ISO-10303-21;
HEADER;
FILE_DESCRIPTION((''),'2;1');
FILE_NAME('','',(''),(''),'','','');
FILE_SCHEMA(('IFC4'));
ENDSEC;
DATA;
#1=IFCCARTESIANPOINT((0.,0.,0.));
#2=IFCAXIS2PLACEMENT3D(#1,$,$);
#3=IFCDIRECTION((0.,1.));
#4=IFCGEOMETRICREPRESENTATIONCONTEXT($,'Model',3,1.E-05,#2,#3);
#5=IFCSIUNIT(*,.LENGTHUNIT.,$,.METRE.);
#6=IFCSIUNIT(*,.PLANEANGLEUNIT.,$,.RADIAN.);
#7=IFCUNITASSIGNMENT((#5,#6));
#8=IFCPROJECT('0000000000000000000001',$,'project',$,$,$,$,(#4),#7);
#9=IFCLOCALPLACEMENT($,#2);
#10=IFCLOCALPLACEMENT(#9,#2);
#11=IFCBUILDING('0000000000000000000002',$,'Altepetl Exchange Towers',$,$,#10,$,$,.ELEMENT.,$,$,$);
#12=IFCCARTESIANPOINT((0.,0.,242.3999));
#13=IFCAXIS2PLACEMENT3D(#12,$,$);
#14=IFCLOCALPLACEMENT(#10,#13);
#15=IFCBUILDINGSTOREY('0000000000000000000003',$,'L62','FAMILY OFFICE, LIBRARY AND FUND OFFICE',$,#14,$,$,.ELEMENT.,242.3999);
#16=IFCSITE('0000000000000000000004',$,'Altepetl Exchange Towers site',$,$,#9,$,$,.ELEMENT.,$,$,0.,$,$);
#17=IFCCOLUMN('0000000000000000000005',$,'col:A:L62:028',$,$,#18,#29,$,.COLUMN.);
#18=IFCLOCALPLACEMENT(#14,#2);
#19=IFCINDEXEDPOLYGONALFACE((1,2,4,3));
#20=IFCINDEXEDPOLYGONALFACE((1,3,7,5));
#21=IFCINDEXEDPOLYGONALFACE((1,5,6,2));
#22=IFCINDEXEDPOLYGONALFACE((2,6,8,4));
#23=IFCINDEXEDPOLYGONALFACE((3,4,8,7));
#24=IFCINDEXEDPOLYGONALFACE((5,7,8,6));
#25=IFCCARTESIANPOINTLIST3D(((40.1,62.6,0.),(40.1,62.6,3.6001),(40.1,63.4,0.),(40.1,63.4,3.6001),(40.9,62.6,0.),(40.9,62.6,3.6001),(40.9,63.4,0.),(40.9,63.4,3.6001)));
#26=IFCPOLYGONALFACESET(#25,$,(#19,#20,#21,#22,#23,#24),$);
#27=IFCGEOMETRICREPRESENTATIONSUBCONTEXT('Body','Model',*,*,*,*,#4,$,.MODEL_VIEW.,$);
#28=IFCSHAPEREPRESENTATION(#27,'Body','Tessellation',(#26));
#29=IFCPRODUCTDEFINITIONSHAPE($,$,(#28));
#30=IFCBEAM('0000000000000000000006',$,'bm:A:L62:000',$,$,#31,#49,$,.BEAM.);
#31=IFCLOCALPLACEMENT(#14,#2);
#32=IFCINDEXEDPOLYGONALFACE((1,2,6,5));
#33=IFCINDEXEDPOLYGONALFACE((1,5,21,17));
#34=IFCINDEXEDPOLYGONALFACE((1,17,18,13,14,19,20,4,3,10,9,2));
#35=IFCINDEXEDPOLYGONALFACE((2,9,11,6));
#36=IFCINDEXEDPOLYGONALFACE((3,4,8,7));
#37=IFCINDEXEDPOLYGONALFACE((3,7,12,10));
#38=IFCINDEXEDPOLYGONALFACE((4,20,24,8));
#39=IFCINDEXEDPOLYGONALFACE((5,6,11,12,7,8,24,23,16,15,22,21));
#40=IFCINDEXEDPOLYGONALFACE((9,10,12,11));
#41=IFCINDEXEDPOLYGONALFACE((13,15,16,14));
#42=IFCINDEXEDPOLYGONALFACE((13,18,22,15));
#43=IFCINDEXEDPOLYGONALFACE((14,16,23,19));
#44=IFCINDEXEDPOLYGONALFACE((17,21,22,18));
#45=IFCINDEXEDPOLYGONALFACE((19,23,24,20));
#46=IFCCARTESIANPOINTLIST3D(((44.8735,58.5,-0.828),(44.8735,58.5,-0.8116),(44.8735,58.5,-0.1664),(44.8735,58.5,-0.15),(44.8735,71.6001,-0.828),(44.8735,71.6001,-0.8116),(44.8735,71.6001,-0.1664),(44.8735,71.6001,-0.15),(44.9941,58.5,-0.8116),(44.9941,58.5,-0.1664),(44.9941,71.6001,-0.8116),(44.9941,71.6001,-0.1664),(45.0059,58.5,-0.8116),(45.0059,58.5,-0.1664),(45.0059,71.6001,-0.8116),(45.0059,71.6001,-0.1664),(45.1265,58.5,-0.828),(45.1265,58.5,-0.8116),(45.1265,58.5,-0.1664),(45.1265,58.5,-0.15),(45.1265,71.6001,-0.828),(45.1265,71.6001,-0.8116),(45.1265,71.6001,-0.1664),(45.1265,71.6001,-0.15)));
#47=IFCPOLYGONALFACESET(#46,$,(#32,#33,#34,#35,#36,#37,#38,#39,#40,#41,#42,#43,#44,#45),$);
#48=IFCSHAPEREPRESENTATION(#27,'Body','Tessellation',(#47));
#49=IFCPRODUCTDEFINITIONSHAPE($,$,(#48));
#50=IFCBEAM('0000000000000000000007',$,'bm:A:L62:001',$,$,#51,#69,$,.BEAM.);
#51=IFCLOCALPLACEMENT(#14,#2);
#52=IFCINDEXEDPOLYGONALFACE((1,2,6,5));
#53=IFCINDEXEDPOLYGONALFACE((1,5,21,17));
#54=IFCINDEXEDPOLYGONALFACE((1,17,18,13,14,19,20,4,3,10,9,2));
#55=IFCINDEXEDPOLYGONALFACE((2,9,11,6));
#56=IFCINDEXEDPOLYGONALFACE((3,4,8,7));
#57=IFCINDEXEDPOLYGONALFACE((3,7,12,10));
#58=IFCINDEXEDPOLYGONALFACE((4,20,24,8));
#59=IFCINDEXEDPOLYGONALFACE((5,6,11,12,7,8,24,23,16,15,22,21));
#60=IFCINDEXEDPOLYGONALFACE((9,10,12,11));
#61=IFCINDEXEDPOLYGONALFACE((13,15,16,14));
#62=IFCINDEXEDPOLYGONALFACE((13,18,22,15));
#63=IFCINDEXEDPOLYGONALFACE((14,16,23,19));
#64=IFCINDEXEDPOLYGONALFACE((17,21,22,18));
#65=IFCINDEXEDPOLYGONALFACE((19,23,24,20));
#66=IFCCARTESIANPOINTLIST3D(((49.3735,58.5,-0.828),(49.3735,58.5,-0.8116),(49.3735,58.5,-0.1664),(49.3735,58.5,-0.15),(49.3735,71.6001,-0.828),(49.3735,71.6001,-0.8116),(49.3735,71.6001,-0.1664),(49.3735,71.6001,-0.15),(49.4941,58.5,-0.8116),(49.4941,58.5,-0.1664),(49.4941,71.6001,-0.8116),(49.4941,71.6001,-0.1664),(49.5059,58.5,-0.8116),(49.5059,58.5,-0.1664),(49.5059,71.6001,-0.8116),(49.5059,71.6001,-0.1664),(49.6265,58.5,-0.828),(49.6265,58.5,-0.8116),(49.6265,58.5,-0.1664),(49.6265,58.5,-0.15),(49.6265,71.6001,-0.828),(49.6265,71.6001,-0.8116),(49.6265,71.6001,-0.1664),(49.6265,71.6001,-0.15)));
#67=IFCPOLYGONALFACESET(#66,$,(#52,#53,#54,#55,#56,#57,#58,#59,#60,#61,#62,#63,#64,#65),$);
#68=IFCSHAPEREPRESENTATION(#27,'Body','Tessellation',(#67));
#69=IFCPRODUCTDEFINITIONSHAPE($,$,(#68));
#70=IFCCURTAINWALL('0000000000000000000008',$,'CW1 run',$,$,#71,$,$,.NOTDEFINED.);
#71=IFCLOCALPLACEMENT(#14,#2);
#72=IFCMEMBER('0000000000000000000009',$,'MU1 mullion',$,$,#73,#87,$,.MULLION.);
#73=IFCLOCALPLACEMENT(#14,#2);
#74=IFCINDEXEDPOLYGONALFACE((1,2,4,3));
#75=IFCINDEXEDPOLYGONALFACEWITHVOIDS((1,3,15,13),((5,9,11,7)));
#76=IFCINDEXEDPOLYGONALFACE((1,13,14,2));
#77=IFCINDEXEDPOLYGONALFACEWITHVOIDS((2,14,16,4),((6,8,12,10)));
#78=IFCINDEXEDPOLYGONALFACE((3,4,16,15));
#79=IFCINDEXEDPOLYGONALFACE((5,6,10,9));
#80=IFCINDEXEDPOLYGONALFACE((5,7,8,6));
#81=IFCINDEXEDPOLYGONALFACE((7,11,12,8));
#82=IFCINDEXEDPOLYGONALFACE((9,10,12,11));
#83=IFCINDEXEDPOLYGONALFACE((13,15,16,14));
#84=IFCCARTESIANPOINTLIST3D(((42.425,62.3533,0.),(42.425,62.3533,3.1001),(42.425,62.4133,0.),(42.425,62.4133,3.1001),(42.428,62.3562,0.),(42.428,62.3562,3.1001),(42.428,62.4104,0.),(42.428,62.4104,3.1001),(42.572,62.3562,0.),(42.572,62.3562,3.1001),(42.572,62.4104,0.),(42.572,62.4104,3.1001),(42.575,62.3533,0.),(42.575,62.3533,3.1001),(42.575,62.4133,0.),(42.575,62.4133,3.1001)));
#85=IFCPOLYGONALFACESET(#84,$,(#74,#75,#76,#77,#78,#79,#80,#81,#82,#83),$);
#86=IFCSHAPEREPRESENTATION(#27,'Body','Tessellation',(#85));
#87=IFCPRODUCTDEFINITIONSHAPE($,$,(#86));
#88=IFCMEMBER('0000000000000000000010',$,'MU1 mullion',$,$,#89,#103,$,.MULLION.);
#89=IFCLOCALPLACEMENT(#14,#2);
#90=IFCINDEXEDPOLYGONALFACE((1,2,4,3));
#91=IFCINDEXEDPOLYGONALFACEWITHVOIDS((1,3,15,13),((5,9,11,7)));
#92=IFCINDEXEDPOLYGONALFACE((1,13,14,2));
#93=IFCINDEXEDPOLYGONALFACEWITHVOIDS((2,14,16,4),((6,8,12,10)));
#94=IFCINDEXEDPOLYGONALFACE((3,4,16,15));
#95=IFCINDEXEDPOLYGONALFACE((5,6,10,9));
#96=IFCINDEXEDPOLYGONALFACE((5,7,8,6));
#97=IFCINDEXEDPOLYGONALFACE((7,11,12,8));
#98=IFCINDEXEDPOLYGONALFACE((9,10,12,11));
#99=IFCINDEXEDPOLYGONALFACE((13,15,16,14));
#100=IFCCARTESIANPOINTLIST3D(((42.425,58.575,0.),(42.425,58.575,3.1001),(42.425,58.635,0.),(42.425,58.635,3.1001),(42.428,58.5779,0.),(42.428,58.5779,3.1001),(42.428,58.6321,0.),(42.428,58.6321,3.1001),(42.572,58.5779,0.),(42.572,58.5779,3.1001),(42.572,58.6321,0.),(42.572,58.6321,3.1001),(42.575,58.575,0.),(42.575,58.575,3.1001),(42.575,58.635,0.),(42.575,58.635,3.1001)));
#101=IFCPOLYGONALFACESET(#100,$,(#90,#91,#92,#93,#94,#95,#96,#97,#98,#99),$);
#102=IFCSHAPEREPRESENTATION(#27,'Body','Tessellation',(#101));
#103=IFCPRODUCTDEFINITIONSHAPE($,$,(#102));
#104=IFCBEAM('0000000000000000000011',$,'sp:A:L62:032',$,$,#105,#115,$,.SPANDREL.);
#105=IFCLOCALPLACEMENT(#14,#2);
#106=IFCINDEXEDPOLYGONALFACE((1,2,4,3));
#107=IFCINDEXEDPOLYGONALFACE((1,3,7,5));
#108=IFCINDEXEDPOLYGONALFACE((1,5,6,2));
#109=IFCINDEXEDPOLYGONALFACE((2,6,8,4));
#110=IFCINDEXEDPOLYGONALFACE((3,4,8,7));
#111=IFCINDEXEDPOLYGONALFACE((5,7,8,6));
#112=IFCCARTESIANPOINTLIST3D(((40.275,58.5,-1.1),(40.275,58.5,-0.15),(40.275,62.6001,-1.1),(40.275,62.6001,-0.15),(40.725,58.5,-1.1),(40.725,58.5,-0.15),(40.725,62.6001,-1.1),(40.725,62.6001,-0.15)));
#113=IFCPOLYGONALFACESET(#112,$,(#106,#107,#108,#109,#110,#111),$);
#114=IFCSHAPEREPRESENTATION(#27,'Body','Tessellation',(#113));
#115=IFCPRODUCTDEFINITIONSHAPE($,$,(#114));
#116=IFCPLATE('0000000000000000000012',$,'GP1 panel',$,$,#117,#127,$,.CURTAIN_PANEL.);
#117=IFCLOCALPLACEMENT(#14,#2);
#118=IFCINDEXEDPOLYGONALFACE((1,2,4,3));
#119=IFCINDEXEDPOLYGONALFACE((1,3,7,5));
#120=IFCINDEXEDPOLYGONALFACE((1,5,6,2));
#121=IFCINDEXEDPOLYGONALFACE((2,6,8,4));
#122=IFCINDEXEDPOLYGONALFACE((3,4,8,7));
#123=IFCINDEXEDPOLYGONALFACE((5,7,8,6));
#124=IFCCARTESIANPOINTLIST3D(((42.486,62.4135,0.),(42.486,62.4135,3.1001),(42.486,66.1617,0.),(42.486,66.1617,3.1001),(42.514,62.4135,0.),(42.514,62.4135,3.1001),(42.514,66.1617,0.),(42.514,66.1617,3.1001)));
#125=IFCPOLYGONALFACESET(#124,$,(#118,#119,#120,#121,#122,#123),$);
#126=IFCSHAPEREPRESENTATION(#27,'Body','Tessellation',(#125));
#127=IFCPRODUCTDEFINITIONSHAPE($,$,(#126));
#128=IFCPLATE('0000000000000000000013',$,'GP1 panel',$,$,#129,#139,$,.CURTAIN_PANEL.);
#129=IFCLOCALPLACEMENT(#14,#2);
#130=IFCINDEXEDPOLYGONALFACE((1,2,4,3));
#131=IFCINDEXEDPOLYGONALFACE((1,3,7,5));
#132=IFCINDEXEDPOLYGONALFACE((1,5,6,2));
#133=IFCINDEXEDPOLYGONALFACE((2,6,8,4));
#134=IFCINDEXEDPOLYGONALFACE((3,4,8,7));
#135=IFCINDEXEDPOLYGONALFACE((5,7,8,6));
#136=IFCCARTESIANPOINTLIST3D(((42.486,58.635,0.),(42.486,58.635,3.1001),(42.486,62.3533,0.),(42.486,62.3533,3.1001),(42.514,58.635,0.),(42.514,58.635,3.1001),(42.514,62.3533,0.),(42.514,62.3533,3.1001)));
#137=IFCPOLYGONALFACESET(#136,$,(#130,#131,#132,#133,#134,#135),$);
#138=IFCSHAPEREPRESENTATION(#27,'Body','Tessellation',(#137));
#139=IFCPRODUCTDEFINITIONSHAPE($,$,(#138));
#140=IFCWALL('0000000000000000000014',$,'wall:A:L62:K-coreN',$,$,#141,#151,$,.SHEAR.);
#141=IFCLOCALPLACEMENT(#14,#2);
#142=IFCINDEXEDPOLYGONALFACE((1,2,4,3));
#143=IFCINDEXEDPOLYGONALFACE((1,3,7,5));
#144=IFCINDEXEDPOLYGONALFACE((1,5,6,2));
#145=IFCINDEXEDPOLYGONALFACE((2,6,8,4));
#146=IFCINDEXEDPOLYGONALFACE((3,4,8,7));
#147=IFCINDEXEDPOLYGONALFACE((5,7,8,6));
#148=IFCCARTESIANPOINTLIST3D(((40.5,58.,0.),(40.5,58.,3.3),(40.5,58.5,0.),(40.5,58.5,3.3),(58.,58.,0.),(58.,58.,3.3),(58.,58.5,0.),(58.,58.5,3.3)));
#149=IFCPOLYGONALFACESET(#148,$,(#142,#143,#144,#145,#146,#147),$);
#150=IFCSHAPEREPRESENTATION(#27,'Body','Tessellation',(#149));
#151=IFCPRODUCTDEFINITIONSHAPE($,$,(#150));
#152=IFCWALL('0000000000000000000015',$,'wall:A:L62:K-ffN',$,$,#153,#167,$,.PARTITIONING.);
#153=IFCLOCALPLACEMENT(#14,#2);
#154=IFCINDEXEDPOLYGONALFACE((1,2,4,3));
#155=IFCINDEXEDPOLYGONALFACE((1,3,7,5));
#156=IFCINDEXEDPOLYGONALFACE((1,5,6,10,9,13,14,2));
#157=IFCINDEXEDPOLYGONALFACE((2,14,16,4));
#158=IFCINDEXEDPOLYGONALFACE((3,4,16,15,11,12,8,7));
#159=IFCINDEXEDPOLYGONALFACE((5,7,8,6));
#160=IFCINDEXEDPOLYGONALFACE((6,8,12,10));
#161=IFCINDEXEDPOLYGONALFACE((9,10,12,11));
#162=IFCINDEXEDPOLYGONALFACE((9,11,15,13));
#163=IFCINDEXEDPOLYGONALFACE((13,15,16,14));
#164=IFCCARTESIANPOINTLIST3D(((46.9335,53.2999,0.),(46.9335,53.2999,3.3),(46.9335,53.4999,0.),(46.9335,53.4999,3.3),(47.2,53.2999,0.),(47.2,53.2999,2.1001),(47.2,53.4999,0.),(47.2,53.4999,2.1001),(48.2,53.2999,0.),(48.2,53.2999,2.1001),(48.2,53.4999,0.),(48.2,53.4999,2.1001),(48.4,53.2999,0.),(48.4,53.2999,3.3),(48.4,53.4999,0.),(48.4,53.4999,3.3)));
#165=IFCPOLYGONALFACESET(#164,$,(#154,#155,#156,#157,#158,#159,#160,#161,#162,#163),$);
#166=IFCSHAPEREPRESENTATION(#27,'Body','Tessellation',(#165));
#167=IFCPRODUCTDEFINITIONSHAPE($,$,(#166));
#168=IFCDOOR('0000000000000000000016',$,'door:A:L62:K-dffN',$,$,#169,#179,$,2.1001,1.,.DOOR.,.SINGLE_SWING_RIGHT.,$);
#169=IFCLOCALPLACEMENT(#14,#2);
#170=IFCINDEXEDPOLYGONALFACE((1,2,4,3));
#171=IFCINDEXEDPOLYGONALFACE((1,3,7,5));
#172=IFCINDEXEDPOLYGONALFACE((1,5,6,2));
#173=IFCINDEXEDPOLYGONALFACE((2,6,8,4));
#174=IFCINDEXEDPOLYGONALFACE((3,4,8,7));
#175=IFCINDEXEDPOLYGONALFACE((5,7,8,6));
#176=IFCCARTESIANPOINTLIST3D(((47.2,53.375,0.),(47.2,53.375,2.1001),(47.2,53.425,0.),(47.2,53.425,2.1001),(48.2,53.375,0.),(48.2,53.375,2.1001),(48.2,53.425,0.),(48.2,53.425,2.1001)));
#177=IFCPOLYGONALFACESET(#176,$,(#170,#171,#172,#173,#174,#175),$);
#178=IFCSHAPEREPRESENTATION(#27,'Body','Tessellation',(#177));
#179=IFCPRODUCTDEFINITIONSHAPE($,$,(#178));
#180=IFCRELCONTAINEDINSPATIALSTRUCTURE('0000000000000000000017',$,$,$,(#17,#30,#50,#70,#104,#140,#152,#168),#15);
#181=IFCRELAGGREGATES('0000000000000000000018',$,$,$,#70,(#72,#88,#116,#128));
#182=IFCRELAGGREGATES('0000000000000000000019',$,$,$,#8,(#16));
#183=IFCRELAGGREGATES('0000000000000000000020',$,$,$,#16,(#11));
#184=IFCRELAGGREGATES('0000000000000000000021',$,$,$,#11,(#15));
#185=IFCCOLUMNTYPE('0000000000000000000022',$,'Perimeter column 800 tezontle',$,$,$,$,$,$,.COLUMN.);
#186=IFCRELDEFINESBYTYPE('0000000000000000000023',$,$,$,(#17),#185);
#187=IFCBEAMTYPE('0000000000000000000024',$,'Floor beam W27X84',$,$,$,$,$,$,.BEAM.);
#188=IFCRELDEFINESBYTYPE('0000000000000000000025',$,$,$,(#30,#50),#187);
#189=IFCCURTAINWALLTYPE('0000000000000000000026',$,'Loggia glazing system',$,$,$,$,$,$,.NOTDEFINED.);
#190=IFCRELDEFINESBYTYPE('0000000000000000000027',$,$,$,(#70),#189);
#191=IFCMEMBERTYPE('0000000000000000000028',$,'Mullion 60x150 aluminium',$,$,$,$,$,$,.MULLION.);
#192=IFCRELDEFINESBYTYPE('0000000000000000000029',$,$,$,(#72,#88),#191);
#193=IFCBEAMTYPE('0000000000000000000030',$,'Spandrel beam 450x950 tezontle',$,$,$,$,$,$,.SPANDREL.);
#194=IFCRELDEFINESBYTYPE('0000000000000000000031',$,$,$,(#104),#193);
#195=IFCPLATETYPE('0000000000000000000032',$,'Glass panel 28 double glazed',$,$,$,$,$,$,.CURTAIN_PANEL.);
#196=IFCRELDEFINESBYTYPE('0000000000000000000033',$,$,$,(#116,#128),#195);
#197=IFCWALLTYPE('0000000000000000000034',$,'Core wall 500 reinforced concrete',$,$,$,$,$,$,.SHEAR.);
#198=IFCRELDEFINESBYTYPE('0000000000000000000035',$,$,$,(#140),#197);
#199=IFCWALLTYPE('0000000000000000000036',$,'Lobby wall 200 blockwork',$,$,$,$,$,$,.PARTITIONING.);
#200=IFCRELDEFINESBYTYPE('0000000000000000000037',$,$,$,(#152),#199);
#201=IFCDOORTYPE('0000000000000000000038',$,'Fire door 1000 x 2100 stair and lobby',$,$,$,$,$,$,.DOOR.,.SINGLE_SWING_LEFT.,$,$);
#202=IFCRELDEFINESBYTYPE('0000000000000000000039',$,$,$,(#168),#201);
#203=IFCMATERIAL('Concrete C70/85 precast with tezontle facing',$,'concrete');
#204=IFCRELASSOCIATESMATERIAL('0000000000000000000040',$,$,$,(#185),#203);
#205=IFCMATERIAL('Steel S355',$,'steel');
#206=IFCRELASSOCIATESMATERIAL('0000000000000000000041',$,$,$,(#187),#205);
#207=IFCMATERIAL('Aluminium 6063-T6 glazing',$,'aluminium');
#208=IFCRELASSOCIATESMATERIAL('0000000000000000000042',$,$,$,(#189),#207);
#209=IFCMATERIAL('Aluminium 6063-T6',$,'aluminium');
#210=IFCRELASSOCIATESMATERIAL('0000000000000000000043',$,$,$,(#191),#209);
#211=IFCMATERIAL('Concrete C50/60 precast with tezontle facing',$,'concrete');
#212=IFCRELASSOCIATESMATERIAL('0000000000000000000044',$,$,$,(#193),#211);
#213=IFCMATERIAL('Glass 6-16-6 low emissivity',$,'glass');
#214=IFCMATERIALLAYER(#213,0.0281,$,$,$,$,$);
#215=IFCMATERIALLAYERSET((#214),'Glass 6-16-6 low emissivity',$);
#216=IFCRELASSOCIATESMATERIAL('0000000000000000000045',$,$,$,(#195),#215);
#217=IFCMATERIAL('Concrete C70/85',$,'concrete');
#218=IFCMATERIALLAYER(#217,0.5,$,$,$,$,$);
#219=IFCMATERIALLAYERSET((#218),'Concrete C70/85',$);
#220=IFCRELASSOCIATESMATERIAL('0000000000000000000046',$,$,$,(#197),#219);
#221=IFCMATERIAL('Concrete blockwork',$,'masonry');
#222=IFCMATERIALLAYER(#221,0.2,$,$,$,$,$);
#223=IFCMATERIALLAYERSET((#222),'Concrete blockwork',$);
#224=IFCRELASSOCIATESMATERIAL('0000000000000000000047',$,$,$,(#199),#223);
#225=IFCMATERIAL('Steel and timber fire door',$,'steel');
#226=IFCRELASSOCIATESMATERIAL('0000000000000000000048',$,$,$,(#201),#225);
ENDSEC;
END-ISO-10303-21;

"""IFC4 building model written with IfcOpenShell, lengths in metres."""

from ifc_helpers import new_model, si_unit, direction, frame, frame_2d, origin, origin_2d, place, context, subcontext, project, spatial, rectangle, hollow_rectangle, i_section, extrude, material, layer, layer_set, material_profile, profile_set, type_object, element, fill, aggregate, save


model = new_model("IFC4")

# Units and contexts
model_context = context("Model", 3, precision=1e-05, world=origin(), true_north=direction((0.0, 1.0)))
body_context = subcontext(model_context, "Body", "Model", "MODEL_VIEW")
ifc_project = project(units=[si_unit("LENGTHUNIT", "METRE"), si_unit("PLANEANGLEUNIT", "RADIAN")], contexts=[model_context])

# Site, building, storey
site_placement = place(None, origin())
site = spatial("IfcSite", under=ifc_project, at=site_placement, Name="Altepetl Exchange Towers site", CompositionType="ELEMENT", RefElevation=0.0)
building_placement = place(site_placement, origin())
building = spatial("IfcBuilding", under=site, at=building_placement, Name="Altepetl Exchange Towers", CompositionType="ELEMENT")
storey_placement = place(building_placement, frame((0.0, 0.0, 242.3999)))
storey = spatial("IfcBuildingStorey", under=building, at=storey_placement, Name="L62", Description="FAMILY OFFICE, LIBRARY AND FUND OFFICE", CompositionType="ELEMENT", Elevation=242.3999)

# Column
ifc_material_1 = material(Name="Concrete C70/85 precast with tezontle facing", Category="concrete")
ifc_material_profile_1 = material_profile(ifc_material_1, rectangle(XDim=0.8, YDim=0.8, at=origin_2d()), Name="800 x 800")
ifc_profile_set_1 = profile_set([ifc_material_profile_1], Name="Concrete C70/85 precast with tezontle facing")
column_type = type_object("IfcColumnType", Name="Perimeter column 800 tezontle", PredefinedType="COLUMN", material=ifc_profile_set_1)
column_placement = place(storey_placement, frame((40.5, 63.0, 0.0)))
element("IfcColumn", 1, at=column_placement, inside=storey, type_object=column_type, Name="col:A:L62:028", PredefinedType="COLUMN", context=body_context, shape_type="SweptSolid", body=[
    extrude(rectangle(XDim=0.8, YDim=0.8, at=origin_2d()), origin(), (0.0, 0.0, 1.0), 3.6001),
])

# Beams
ifc_material_2 = material(Name="Steel S355", Category="steel")
ifc_material_profile_2 = material_profile(ifc_material_2, i_section(OverallWidth=0.2529, OverallDepth=0.678, WebThickness=0.0117, FlangeThickness=0.0164, at=origin_2d()), Name="W27X84")
ifc_profile_set_2 = profile_set([ifc_material_profile_2], Name="Steel S355")
beam_type_1 = type_object("IfcBeamType", Name="Floor beam W27X84", PredefinedType="BEAM", material=ifc_profile_set_2)
for number, where, z_axis, x_axis, name in (
    (2, (45.0, 58.5, -0.489), (0.0, 1.0, 0.0), (-1.0, 0.0, 0.0), "bm:A:L62:000"),
    (3, (49.5, 58.5, -0.489), (0.0, 1.0, 0.0), (-1.0, 0.0, 0.0), "bm:A:L62:001"),
):
    element("IfcBeam", number, at=place(storey_placement, frame(where, z_axis=z_axis, x_axis=x_axis)), inside=storey, type_object=beam_type_1, Name=name, PredefinedType="BEAM", context=body_context, shape_type="SweptSolid", body=[
        extrude(i_section(OverallWidth=0.2529, OverallDepth=0.678, WebThickness=0.0117, FlangeThickness=0.0164, at=origin_2d()), origin(), (0.0, 0.0, 1.0), 13.1001),
    ])

# Curtain wall, members
ifc_material_3 = material(Name="Aluminium 6063-T6 glazing", Category="aluminium")
curtain_wall_type = type_object("IfcCurtainWallType", Name="Loggia glazing system", PredefinedType="NOTDEFINED", material=ifc_material_3)
curtain_wall_placement = place(storey_placement, origin())
curtain_wall = element("IfcCurtainWall", 4, at=curtain_wall_placement, inside=storey, type_object=curtain_wall_type, Name="CW1 run", PredefinedType="NOTDEFINED")
ifc_material_4 = material(Name="Aluminium 6063-T6", Category="aluminium")
ifc_material_profile_3 = material_profile(ifc_material_4, hollow_rectangle(XDim=0.0601, YDim=0.1499, WallThickness=0.0029, at=origin_2d()), Name="Mullion 60x150 aluminium")
ifc_profile_set_3 = profile_set([ifc_material_profile_3], Name="Aluminium 6063-T6")
member_type = type_object("IfcMemberType", Name="Mullion 60x150 aluminium", PredefinedType="MULLION", material=ifc_profile_set_3)
member_1_placement = place(storey_placement, frame((42.5, 62.3833, 0.0), z_axis=(0.0, 0.0, 1.0), x_axis=(0.0, -1.0, 0.0)))
member_1 = element("IfcMember", 5, at=member_1_placement, type_object=member_type, Name="MU1 mullion", PredefinedType="MULLION", context=body_context, shape_type="SweptSolid", body=[
    extrude(hollow_rectangle(XDim=0.0601, YDim=0.1499, WallThickness=0.0029, at=origin_2d()), origin(), (0.0, 0.0, 1.0), 3.1001),
])
member_2_placement = place(storey_placement, frame((42.5, 58.605, 0.0), z_axis=(0.0, 0.0, 1.0), x_axis=(0.0, -1.0, 0.0)))
member_2 = element("IfcMember", 6, at=member_2_placement, type_object=member_type, Name="MU1 mullion", PredefinedType="MULLION", context=body_context, shape_type="SweptSolid", body=[
    extrude(hollow_rectangle(XDim=0.0601, YDim=0.1499, WallThickness=0.0029, at=origin_2d()), origin(), (0.0, 0.0, 1.0), 3.1001),
])

# Beam
ifc_material_5 = material(Name="Concrete C50/60 precast with tezontle facing", Category="concrete")
ifc_material_profile_4 = material_profile(ifc_material_5, rectangle(XDim=0.45, YDim=0.95, at=origin_2d()), Name="450 x 950")
ifc_profile_set_4 = profile_set([ifc_material_profile_4], Name="Concrete C50/60 precast with tezontle facing")
beam_type_2 = type_object("IfcBeamType", Name="Spandrel beam 450x950 tezontle", PredefinedType="SPANDREL", material=ifc_profile_set_4)
beam_placement = place(storey_placement, frame((40.5, 62.6001, -0.625), z_axis=(0.0, -1.0, 0.0), x_axis=(1.0, 0.0, 0.0)))
element("IfcBeam", 7, at=beam_placement, inside=storey, type_object=beam_type_2, Name="sp:A:L62:032", PredefinedType="SPANDREL", context=body_context, shape_type="SweptSolid", body=[
    extrude(rectangle(XDim=0.45, YDim=0.95, at=origin_2d()), origin(), (0.0, 0.0, 1.0), 4.1001),
])

# Plates
ifc_material_6 = material(Name="Glass 6-16-6 low emissivity", Category="glass")
ifc_layer_1 = layer(ifc_material_6, 0.0281)
ifc_layer_set_1 = layer_set([ifc_layer_1], Name="Glass 6-16-6 low emissivity")
plate_type = type_object("IfcPlateType", Name="Glass panel 28 double glazed", PredefinedType="CURTAIN_PANEL", material=ifc_layer_set_1)
plate_1_placement = place(storey_placement, frame((42.5, 64.2876, 0.0), z_axis=(0.0, 0.0, 1.0), x_axis=(0.0, -1.0, 0.0)))
plate_1 = element("IfcPlate", 8, at=plate_1_placement, type_object=plate_type, Name="GP1 panel", PredefinedType="CURTAIN_PANEL", context=body_context, shape_type="SweptSolid", body=[
    extrude(rectangle(XDim=3.7483, YDim=0.0281, at=origin_2d()), origin(), (0.0, 0.0, 1.0), 3.1001),
])
plate_2_placement = place(storey_placement, frame((42.5, 60.4941, 0.0), z_axis=(0.0, 0.0, 1.0), x_axis=(0.0, -1.0, 0.0)))
plate_2 = element("IfcPlate", 9, at=plate_2_placement, type_object=plate_type, Name="GP1 panel", PredefinedType="CURTAIN_PANEL", context=body_context, shape_type="SweptSolid", body=[
    extrude(rectangle(XDim=3.7183, YDim=0.0281, at=origin_2d()), origin(), (0.0, 0.0, 1.0), 3.1001),
])
aggregate(curtain_wall, [member_1, member_2, plate_1, plate_2])

# Wall
ifc_material_7 = material(Name="Concrete C70/85", Category="concrete")
ifc_layer_2 = layer(ifc_material_7, 0.5)
ifc_layer_set_2 = layer_set([ifc_layer_2], Name="Concrete C70/85")
wall_type_1 = type_object("IfcWallType", Name="Core wall 500 reinforced concrete", PredefinedType="SHEAR", material=ifc_layer_set_2)
wall_1_placement = place(storey_placement, frame((40.5, 58.25, 0.0)))
element("IfcWall", 10, at=wall_1_placement, inside=storey, type_object=wall_type_1, Name="wall:A:L62:K-coreN", PredefinedType="SHEAR", context=body_context, shape_type="SweptSolid", body=[
    extrude(rectangle(XDim=17.5, YDim=0.5, at=frame_2d((8.75, 0.0))), origin(), (0.0, 0.0, 1.0), 3.3),
])

# Wall, opening, door
ifc_material_8 = material(Name="Concrete blockwork", Category="masonry")
ifc_layer_3 = layer(ifc_material_8, 0.2)
ifc_layer_set_3 = layer_set([ifc_layer_3], Name="Concrete blockwork")
wall_type_2 = type_object("IfcWallType", Name="Lobby wall 200 blockwork", PredefinedType="PARTITIONING", material=ifc_layer_set_3)
wall_2_placement = place(storey_placement, frame((46.9333, 53.3999, 0.0)))
wall_2 = element("IfcWall", 11, at=wall_2_placement, inside=storey, type_object=wall_type_2, Name="wall:A:L62:K-ffN", PredefinedType="PARTITIONING", context=body_context, shape_type="SweptSolid", body=[
    extrude(rectangle(XDim=1.4666, YDim=0.2, at=frame_2d((0.7334, 0.0))), origin(), (0.0, 0.0, 1.0), 3.3),
])
opening_1_placement = place(wall_2_placement, frame((0.2666, 0.0, 0.0)))
opening_1 = element("IfcOpeningElement", 12, at=opening_1_placement, cuts=wall_2, PredefinedType="OPENING", context=body_context, shape_type="SweptSolid", body=[
    extrude(rectangle(XDim=1.0, YDim=2.1001, at=frame_2d((0.5, 1.05))), frame((0.0, 0.1099, 0.0), z_axis=(0.0, -1.0, 0.0), x_axis=(1.0, 0.0, 0.0)), (0.0, 0.0, 1.0), 0.22),
])
ifc_material_9 = material(Name="Steel and timber fire door", Category="steel")
door_type_1 = type_object("IfcDoorType", Name="Fire door 1000 x 2100 stair and lobby", OperationType="SINGLE_SWING_LEFT", PredefinedType="DOOR", material=ifc_material_9)
door_1_placement = place(opening_1_placement, frame((1.0, 0.0, 0.0), x_axis=(-1.0, 0.0, 0.0)))
door_1 = element("IfcDoor", 13, at=door_1_placement, inside=storey, type_object=door_type_1, Name="door:A:L62:K-dffN", OperationType="SINGLE_SWING_RIGHT", OverallHeight=2.1001, OverallWidth=1.0, PredefinedType="DOOR", context=body_context, shape_type="SweptSolid", body=[
    extrude(rectangle(XDim=1.0, YDim=2.1001, at=frame_2d((0.5, 1.05))), frame((0.0, 0.0249, 0.0), z_axis=(0.0, -1.0, 0.0), x_axis=(1.0, 0.0, 0.0)), (0.0, 0.0, 1.0), 0.05),
])
fill(opening_1, door_1)

save(model, "model.ifc")
